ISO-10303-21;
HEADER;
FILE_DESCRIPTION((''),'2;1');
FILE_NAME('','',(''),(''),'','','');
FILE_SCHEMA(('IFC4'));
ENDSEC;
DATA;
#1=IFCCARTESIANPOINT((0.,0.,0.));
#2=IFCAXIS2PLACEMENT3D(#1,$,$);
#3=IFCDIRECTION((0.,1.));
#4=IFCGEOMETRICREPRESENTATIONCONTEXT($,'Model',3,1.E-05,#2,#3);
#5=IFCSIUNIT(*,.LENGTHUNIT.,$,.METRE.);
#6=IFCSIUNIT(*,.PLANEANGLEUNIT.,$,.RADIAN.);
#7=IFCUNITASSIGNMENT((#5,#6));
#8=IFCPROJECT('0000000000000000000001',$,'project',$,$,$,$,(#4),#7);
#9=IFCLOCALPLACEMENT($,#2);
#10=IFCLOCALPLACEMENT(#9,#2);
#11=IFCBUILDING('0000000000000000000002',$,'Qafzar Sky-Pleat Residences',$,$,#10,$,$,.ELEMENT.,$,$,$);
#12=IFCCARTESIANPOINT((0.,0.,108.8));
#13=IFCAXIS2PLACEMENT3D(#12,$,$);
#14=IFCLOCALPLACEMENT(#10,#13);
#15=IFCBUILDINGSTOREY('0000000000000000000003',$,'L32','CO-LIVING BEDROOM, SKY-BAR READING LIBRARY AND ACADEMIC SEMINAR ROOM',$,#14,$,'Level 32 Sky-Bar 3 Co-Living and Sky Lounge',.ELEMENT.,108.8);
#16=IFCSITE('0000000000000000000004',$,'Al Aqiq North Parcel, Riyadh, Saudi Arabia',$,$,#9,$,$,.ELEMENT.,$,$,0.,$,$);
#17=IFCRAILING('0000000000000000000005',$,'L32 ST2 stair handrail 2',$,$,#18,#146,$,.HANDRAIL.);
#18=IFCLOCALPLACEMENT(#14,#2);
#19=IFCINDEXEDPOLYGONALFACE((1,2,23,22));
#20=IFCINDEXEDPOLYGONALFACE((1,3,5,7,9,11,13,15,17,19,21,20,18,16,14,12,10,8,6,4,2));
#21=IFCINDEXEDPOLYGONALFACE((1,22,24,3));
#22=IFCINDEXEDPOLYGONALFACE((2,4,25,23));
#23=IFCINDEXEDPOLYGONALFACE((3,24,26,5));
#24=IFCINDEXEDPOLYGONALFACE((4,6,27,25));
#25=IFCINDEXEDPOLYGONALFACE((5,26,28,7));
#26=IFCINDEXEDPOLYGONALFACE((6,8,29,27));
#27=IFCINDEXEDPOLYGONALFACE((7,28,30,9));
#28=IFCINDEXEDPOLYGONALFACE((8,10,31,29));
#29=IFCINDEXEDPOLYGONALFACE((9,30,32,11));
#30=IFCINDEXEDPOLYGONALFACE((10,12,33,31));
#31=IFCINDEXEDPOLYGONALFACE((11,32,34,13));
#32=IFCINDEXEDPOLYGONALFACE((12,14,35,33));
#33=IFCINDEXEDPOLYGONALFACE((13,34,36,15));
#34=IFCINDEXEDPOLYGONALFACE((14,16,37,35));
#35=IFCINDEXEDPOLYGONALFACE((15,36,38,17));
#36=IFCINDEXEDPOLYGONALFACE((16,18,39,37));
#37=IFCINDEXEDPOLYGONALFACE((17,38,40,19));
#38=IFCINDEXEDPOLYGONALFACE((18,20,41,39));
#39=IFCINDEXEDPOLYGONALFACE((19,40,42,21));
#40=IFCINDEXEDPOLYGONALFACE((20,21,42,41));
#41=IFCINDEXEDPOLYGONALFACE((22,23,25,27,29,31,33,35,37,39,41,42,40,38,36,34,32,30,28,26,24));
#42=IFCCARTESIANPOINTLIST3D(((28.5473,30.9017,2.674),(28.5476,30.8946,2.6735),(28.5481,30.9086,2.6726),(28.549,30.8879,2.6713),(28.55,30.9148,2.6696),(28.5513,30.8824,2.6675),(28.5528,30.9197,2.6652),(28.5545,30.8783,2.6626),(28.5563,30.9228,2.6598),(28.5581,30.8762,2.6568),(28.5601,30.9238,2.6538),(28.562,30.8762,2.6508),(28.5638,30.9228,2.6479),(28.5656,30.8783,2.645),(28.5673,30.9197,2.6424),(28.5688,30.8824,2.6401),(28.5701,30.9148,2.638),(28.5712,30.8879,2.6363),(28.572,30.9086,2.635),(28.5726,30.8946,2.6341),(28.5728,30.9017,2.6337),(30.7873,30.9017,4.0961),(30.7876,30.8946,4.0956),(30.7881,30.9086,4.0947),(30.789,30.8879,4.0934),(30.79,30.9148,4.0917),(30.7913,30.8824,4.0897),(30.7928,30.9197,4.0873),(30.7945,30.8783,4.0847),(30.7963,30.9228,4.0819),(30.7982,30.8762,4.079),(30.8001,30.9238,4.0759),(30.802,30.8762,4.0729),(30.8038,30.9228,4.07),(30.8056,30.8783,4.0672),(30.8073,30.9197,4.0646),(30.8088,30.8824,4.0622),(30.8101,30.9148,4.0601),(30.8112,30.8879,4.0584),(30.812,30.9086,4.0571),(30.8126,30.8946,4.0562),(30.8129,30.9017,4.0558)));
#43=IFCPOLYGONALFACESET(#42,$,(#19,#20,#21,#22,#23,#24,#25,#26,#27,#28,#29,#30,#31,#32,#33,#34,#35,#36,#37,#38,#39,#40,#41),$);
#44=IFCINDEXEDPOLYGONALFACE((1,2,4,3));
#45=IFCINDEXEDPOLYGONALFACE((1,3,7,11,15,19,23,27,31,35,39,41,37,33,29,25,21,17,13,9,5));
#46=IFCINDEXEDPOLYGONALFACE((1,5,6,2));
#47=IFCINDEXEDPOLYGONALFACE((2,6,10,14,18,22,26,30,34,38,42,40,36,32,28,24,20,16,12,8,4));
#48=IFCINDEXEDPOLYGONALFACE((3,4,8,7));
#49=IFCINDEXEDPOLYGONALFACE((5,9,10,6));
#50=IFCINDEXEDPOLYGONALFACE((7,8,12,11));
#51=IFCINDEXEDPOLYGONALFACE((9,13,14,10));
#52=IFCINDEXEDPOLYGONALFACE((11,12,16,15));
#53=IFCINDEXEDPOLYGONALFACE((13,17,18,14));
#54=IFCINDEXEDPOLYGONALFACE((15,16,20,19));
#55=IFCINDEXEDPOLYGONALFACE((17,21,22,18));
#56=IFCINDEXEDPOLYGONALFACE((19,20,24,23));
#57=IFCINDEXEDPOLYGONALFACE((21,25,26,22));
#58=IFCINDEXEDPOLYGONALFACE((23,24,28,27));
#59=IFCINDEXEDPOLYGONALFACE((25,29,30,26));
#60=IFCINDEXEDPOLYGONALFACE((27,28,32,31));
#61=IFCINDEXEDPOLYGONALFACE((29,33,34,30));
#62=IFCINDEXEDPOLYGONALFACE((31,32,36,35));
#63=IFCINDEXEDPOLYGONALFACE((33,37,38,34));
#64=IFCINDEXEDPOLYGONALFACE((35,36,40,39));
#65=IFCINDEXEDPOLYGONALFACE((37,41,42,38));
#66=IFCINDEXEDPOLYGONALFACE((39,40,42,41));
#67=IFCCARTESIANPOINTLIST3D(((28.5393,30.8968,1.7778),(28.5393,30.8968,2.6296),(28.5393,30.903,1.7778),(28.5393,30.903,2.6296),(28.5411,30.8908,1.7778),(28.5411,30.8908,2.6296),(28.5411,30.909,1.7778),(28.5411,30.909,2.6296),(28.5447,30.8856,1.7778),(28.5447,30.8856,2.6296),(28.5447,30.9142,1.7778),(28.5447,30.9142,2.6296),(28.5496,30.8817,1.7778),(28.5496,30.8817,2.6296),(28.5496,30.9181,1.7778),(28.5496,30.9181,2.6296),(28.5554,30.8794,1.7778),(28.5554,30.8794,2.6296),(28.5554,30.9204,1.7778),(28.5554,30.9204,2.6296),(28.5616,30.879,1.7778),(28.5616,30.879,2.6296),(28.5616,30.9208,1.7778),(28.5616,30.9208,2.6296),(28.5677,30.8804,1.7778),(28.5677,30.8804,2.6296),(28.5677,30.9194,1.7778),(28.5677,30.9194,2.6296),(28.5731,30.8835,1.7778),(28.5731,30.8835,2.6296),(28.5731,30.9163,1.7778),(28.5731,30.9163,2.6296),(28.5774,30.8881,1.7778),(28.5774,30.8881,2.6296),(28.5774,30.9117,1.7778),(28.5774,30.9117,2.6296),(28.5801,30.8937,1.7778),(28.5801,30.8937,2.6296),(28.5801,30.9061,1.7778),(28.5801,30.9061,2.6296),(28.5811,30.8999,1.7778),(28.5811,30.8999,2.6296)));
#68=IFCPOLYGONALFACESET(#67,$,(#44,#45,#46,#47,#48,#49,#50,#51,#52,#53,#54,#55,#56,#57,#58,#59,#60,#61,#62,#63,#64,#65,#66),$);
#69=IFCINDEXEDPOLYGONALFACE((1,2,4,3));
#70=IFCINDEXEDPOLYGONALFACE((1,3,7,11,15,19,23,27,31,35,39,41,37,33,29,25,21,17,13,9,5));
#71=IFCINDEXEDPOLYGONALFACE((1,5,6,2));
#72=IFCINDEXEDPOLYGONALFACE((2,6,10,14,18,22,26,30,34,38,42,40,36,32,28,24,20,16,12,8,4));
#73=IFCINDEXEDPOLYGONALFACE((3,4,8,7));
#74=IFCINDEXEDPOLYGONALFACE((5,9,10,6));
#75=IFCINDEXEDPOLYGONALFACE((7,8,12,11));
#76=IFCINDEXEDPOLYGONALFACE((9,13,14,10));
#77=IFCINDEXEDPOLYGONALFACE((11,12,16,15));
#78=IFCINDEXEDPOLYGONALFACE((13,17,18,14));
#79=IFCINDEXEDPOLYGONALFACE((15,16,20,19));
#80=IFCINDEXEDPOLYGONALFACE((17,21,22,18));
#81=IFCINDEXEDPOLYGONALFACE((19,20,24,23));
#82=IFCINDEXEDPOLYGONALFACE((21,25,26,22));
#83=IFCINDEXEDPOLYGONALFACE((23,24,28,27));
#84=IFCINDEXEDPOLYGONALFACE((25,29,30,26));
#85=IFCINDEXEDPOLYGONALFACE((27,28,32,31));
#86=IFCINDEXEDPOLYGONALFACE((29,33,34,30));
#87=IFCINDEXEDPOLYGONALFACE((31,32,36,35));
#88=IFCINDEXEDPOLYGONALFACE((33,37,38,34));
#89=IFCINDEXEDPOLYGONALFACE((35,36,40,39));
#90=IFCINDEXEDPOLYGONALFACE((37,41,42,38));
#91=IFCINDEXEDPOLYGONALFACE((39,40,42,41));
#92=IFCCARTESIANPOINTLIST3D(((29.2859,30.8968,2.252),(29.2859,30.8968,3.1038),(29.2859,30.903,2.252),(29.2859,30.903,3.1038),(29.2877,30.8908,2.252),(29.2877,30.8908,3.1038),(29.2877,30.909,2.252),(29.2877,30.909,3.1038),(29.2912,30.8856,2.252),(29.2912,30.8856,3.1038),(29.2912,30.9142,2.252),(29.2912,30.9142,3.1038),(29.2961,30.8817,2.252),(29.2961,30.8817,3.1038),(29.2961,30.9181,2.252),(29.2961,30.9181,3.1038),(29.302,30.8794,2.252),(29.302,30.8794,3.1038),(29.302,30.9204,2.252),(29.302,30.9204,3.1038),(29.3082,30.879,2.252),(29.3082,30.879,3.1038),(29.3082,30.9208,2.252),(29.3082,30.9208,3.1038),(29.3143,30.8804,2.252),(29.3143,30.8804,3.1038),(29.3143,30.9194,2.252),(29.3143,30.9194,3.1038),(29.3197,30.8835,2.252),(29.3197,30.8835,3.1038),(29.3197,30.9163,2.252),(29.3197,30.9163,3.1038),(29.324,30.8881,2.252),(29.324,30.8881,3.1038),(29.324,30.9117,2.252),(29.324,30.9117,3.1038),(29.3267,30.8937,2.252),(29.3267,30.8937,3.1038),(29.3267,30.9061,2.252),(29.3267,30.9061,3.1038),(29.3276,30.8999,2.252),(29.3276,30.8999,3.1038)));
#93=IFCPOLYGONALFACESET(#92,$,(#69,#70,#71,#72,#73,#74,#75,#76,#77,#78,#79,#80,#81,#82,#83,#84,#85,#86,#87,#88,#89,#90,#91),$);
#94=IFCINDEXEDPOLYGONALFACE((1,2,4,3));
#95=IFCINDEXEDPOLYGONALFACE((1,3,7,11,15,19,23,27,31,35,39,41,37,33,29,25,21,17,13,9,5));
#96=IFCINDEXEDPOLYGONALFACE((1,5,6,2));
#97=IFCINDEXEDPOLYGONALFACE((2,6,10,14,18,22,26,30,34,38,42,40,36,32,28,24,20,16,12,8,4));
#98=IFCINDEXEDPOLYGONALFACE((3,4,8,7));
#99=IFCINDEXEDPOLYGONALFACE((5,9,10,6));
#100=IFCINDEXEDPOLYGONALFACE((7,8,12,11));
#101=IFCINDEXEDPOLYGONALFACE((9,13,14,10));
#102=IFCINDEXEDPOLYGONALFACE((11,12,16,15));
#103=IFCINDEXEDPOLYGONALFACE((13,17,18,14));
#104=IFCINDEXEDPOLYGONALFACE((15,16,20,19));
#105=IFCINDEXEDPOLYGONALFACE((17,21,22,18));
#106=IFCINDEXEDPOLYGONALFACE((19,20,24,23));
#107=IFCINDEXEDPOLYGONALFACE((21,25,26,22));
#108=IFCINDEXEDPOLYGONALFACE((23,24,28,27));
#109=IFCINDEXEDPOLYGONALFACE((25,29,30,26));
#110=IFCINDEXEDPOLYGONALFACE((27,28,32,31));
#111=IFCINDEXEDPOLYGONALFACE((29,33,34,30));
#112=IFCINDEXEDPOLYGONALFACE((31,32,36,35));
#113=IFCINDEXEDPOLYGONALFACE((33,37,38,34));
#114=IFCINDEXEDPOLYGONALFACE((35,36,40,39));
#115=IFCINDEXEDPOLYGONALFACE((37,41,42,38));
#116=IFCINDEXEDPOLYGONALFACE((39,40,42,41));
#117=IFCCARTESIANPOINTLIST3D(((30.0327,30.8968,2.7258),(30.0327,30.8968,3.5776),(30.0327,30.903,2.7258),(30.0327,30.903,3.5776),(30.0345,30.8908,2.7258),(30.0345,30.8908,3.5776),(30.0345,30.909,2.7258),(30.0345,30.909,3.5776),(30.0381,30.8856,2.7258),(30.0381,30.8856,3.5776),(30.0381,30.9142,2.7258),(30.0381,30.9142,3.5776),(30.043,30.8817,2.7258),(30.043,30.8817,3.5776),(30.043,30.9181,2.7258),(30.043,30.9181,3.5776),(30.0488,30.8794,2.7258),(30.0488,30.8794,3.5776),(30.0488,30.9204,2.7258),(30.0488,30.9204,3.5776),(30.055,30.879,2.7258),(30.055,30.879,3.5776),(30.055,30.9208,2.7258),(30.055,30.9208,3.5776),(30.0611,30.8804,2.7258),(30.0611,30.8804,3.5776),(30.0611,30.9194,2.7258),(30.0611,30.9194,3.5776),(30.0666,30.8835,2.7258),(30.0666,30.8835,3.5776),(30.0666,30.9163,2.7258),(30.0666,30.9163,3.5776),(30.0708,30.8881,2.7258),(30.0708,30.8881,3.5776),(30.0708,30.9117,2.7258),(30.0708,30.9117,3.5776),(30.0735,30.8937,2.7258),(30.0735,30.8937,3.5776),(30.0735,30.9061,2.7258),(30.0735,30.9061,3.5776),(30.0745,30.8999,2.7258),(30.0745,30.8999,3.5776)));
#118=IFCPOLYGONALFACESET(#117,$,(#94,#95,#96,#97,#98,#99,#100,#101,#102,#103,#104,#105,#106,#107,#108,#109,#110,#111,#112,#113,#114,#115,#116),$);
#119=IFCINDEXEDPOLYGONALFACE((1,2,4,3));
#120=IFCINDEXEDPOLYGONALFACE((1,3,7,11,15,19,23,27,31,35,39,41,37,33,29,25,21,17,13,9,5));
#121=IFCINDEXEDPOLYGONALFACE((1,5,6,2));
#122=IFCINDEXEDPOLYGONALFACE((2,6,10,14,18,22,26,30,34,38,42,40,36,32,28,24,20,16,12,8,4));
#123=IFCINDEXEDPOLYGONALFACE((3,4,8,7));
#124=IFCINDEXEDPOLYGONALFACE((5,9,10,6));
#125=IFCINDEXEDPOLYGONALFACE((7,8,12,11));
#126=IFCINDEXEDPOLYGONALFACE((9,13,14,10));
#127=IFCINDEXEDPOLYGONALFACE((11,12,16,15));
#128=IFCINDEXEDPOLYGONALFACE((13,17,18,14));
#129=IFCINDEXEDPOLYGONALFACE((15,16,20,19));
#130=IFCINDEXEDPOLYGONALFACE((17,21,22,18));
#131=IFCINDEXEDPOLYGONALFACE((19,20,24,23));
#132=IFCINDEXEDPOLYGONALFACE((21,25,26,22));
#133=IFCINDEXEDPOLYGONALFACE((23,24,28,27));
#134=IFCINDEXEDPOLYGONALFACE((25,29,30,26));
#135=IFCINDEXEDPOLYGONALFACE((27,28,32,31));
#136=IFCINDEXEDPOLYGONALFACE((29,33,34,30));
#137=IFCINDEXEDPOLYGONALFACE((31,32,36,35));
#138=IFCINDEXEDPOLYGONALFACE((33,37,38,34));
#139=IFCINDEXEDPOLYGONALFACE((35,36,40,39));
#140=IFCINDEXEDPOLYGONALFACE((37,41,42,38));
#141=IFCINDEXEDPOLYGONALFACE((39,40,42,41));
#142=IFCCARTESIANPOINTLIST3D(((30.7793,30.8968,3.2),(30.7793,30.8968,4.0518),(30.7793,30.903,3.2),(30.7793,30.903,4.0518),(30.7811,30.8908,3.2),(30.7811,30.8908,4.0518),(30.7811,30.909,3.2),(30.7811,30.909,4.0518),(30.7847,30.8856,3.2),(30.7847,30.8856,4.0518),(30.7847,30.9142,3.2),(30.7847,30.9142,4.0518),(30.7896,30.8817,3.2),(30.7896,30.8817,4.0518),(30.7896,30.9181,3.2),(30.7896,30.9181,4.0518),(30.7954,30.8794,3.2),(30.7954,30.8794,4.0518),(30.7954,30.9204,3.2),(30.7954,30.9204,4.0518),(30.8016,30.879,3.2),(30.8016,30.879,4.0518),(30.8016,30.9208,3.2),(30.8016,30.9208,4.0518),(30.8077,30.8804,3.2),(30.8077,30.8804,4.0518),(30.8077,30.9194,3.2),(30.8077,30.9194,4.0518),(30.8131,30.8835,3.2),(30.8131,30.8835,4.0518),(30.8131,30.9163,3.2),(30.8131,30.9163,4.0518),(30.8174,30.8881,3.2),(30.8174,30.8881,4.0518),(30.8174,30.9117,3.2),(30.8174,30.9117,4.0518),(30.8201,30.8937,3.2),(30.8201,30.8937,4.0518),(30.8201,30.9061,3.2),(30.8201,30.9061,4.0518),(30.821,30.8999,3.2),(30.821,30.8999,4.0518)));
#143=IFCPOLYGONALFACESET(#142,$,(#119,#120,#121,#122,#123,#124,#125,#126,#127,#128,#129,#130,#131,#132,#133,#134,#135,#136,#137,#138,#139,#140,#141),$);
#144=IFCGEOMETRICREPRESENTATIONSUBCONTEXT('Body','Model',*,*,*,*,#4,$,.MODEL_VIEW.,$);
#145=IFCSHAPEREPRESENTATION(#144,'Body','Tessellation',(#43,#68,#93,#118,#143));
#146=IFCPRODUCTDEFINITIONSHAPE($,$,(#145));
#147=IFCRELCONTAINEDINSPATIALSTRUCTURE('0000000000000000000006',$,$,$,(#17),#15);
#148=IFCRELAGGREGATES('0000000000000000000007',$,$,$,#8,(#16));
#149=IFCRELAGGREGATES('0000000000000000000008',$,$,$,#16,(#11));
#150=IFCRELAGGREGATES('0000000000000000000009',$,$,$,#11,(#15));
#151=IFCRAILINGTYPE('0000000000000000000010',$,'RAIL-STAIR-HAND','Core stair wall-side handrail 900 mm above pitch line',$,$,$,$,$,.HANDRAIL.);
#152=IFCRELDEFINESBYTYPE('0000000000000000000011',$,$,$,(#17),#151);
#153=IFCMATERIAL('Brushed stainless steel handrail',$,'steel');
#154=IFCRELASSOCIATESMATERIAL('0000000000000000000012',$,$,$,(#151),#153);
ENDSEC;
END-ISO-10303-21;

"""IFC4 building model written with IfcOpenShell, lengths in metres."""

from ifc_helpers import new_model, si_unit, direction, frame, origin, origin_2d, place, context, subcontext, project, spatial, circle, extrude, source, transform, mapped, material, type_object, element, save


model = new_model("IFC4")

# Units and contexts
model_context = context("Model", 3, precision=1e-05, world=origin(), true_north=direction((0.0, 1.0)))
body_context = subcontext(model_context, "Body", "Model", "MODEL_VIEW")
ifc_project = project(units=[si_unit("LENGTHUNIT", "METRE"), si_unit("PLANEANGLEUNIT", "RADIAN")], contexts=[model_context])

# Site, building, storey
site_placement = place(None, origin())
site = spatial("IfcSite", under=ifc_project, at=site_placement, Name="Al Aqiq North Parcel, Riyadh, Saudi Arabia", CompositionType="ELEMENT", RefElevation=0.0)
building_placement = place(site_placement, origin())
building = spatial("IfcBuilding", under=site, at=building_placement, Name="Qafzar Sky-Pleat Residences", CompositionType="ELEMENT")
storey_placement = place(building_placement, frame((0.0, 0.0, 108.8)))
storey = spatial("IfcBuildingStorey", under=building, at=storey_placement, Name="L32", Description="CO-LIVING BEDROOM, SKY-BAR READING LIBRARY AND ACADEMIC SEMINAR ROOM", LongName="Level 32 Sky-Bar 3 Co-Living and Sky Lounge", CompositionType="ELEMENT", Elevation=108.8)

# Railing
ifc_material_1 = material(Name="Brushed stainless steel handrail", Category="steel")
railing_type_1 = type_object("IfcRailingType", Name="RAIL-STAIR-HAND", Description="Core stair wall-side handrail 900 mm above pitch line", PredefinedType="HANDRAIL", material=ifc_material_1)
shared_shape_1 = source(origin(), body_context, "Body", "SweptSolid", [
    extrude(circle(Radius=0.0239, at=origin_2d()), frame((0.0, 0.0, 0.876), z_axis=(0.844229, 0.0, 0.535982), x_axis=(0.0, 1.0, 0.0)), (0.0, 0.0, 1.0), 2.6533),
    extrude(circle(Radius=0.021, at=origin_2d()), origin(), (0.0, 0.0, 1.0), 0.8518),
    extrude(circle(Radius=0.021, at=origin_2d()), frame((0.7466, 0.0, 0.4741)), (0.0, 0.0, 1.0), 0.8518),
    extrude(circle(Radius=0.021, at=origin_2d()), frame((1.4934, 0.0, 0.948)), (0.0, 0.0, 1.0), 0.8518),
    extrude(circle(Radius=0.021, at=origin_2d()), frame((2.24, 0.0, 1.4221)), (0.0, 0.0, 1.0), 0.8518),
])
railing_1_placement = place(storey_placement, frame((28.5601, 30.8999, 1.7778)))
element("IfcRailing", 1, at=railing_1_placement, inside=storey, type_object=railing_type_1, Name="L32 ST2 stair handrail 2", PredefinedType="HANDRAIL", context=body_context, shape_type="MappedRepresentation", body=[
    mapped(shared_shape_1, transform((0.0, 0.0, 0.0), x_axis=(1.0, 0.0, 0.0), y_axis=(0.0, 1.0, 0.0), z_axis=(0.0, 0.0, 1.0), scale=1.0)),
])

save(model, "model.ifc")
